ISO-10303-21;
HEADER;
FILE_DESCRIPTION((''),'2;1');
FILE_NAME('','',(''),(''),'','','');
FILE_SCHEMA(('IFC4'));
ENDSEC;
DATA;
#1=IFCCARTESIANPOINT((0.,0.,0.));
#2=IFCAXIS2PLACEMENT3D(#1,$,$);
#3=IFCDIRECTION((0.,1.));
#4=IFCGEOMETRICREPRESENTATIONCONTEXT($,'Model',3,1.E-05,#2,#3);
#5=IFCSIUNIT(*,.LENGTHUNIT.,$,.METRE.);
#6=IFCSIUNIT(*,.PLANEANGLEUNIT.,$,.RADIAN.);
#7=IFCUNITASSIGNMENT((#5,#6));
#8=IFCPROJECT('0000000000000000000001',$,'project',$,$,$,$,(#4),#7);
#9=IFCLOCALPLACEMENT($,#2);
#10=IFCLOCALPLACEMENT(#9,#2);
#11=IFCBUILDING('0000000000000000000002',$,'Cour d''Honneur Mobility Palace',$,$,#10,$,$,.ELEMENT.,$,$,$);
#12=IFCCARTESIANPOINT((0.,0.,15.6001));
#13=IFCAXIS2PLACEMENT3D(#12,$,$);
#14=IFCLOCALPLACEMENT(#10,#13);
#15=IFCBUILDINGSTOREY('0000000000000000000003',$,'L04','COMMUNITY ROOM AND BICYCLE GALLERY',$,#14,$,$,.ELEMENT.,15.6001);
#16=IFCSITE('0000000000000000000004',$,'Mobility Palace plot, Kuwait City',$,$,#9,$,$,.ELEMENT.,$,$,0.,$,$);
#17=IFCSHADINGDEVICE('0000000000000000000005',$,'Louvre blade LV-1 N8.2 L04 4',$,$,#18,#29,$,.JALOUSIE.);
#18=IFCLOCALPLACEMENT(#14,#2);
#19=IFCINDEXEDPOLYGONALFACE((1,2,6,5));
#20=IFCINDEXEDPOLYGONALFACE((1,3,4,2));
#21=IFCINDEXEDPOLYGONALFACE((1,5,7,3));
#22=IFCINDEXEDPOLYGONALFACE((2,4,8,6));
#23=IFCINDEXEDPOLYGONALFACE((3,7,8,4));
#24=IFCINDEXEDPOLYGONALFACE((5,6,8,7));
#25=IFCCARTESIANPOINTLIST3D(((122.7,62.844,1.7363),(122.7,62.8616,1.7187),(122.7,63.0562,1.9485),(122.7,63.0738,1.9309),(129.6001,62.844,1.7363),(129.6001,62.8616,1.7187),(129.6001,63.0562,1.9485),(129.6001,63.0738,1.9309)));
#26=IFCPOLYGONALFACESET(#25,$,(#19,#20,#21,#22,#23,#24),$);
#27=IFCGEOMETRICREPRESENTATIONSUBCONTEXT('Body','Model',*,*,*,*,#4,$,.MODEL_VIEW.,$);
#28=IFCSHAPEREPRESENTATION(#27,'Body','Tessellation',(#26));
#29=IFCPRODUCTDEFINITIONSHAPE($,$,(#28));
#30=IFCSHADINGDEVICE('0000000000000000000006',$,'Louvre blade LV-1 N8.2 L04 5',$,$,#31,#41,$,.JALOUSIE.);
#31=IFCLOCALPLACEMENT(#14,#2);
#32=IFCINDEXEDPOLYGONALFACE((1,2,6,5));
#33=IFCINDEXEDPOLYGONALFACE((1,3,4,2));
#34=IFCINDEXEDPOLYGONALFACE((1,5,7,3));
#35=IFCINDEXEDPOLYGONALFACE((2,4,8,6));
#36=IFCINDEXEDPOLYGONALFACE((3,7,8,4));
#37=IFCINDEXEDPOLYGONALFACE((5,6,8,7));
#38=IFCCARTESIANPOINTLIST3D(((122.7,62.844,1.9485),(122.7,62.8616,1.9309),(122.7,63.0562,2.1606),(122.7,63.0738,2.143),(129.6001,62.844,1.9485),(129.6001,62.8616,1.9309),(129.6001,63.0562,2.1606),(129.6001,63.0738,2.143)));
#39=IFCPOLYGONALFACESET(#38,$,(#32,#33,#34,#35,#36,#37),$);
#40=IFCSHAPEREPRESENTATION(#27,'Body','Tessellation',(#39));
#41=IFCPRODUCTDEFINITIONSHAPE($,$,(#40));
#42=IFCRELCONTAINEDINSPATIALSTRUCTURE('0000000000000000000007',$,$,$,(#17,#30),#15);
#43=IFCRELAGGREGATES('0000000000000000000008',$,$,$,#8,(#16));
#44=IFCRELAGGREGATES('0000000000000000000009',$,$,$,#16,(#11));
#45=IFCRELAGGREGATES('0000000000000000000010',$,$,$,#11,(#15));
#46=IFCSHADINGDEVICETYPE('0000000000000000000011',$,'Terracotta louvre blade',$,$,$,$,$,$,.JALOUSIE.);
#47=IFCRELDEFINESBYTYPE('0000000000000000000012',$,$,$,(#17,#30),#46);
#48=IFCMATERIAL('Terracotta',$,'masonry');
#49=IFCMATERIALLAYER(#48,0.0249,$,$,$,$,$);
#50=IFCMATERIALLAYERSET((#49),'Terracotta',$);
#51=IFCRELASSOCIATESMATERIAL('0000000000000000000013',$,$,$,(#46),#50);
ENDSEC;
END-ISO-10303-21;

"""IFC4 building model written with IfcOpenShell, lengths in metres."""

from ifc_helpers import new_model, si_unit, direction, frame, origin, place, context, subcontext, project, spatial, polyline, outline, extrude, material, layer, layer_set, type_object, element, save


model = new_model("IFC4")

# Units and contexts
model_context = context("Model", 3, precision=1e-05, world=origin(), true_north=direction((0.0, 1.0)))
body_context = subcontext(model_context, "Body", "Model", "MODEL_VIEW")
ifc_project = project(units=[si_unit("LENGTHUNIT", "METRE"), si_unit("PLANEANGLEUNIT", "RADIAN")], contexts=[model_context])

# Site, building, storey
site_placement = place(None, origin())
site = spatial("IfcSite", under=ifc_project, at=site_placement, Name="Mobility Palace plot, Kuwait City", CompositionType="ELEMENT", RefElevation=0.0)
building_placement = place(site_placement, origin())
building = spatial("IfcBuilding", under=site, at=building_placement, Name="Cour d'Honneur Mobility Palace", CompositionType="ELEMENT")
storey_placement = place(building_placement, frame((0.0, 0.0, 15.6001)))
storey = spatial("IfcBuildingStorey", under=building, at=storey_placement, Name="L04", Description="COMMUNITY ROOM AND BICYCLE GALLERY", CompositionType="ELEMENT", Elevation=15.6001)

# Shading devices
ifc_material_1 = material(Name="Terracotta", Category="masonry")
ifc_layer_1 = layer(ifc_material_1, 0.0249)
ifc_layer_set_1 = layer_set([ifc_layer_1], Name="Terracotta")
shading_device_type = type_object("IfcShadingDeviceType", Name="Terracotta louvre blade", PredefinedType="JALOUSIE", material=ifc_layer_set_1)
for number, where, z_axis, x_axis, name in (
    (1, (129.6001, 62.844, 1.7363), (0.0, -0.707107, 0.707107), (-1.0, 0.0, 0.0), "Louvre blade LV-1 N8.2 L04 4"),
    (2, (129.6001, 62.844, 1.9485), (0.0, -0.707107, 0.707107), (-1.0, 0.0, 0.0), "Louvre blade LV-1 N8.2 L04 5"),
):
    element("IfcShadingDevice", number, at=place(storey_placement, frame(where, z_axis=z_axis, x_axis=x_axis)), inside=storey, type_object=shading_device_type, Name=name, PredefinedType="JALOUSIE", context=body_context, shape_type="SweptSolid", body=[
        extrude(outline(polyline([(0.0, 0.0), (6.9001, 0.0), (6.9001, -0.3), (0.0, -0.3), (0.0, 0.0)])), origin(), (0.0, 0.0, -1.0), 0.0249),
    ])

save(model, "model.ifc")
